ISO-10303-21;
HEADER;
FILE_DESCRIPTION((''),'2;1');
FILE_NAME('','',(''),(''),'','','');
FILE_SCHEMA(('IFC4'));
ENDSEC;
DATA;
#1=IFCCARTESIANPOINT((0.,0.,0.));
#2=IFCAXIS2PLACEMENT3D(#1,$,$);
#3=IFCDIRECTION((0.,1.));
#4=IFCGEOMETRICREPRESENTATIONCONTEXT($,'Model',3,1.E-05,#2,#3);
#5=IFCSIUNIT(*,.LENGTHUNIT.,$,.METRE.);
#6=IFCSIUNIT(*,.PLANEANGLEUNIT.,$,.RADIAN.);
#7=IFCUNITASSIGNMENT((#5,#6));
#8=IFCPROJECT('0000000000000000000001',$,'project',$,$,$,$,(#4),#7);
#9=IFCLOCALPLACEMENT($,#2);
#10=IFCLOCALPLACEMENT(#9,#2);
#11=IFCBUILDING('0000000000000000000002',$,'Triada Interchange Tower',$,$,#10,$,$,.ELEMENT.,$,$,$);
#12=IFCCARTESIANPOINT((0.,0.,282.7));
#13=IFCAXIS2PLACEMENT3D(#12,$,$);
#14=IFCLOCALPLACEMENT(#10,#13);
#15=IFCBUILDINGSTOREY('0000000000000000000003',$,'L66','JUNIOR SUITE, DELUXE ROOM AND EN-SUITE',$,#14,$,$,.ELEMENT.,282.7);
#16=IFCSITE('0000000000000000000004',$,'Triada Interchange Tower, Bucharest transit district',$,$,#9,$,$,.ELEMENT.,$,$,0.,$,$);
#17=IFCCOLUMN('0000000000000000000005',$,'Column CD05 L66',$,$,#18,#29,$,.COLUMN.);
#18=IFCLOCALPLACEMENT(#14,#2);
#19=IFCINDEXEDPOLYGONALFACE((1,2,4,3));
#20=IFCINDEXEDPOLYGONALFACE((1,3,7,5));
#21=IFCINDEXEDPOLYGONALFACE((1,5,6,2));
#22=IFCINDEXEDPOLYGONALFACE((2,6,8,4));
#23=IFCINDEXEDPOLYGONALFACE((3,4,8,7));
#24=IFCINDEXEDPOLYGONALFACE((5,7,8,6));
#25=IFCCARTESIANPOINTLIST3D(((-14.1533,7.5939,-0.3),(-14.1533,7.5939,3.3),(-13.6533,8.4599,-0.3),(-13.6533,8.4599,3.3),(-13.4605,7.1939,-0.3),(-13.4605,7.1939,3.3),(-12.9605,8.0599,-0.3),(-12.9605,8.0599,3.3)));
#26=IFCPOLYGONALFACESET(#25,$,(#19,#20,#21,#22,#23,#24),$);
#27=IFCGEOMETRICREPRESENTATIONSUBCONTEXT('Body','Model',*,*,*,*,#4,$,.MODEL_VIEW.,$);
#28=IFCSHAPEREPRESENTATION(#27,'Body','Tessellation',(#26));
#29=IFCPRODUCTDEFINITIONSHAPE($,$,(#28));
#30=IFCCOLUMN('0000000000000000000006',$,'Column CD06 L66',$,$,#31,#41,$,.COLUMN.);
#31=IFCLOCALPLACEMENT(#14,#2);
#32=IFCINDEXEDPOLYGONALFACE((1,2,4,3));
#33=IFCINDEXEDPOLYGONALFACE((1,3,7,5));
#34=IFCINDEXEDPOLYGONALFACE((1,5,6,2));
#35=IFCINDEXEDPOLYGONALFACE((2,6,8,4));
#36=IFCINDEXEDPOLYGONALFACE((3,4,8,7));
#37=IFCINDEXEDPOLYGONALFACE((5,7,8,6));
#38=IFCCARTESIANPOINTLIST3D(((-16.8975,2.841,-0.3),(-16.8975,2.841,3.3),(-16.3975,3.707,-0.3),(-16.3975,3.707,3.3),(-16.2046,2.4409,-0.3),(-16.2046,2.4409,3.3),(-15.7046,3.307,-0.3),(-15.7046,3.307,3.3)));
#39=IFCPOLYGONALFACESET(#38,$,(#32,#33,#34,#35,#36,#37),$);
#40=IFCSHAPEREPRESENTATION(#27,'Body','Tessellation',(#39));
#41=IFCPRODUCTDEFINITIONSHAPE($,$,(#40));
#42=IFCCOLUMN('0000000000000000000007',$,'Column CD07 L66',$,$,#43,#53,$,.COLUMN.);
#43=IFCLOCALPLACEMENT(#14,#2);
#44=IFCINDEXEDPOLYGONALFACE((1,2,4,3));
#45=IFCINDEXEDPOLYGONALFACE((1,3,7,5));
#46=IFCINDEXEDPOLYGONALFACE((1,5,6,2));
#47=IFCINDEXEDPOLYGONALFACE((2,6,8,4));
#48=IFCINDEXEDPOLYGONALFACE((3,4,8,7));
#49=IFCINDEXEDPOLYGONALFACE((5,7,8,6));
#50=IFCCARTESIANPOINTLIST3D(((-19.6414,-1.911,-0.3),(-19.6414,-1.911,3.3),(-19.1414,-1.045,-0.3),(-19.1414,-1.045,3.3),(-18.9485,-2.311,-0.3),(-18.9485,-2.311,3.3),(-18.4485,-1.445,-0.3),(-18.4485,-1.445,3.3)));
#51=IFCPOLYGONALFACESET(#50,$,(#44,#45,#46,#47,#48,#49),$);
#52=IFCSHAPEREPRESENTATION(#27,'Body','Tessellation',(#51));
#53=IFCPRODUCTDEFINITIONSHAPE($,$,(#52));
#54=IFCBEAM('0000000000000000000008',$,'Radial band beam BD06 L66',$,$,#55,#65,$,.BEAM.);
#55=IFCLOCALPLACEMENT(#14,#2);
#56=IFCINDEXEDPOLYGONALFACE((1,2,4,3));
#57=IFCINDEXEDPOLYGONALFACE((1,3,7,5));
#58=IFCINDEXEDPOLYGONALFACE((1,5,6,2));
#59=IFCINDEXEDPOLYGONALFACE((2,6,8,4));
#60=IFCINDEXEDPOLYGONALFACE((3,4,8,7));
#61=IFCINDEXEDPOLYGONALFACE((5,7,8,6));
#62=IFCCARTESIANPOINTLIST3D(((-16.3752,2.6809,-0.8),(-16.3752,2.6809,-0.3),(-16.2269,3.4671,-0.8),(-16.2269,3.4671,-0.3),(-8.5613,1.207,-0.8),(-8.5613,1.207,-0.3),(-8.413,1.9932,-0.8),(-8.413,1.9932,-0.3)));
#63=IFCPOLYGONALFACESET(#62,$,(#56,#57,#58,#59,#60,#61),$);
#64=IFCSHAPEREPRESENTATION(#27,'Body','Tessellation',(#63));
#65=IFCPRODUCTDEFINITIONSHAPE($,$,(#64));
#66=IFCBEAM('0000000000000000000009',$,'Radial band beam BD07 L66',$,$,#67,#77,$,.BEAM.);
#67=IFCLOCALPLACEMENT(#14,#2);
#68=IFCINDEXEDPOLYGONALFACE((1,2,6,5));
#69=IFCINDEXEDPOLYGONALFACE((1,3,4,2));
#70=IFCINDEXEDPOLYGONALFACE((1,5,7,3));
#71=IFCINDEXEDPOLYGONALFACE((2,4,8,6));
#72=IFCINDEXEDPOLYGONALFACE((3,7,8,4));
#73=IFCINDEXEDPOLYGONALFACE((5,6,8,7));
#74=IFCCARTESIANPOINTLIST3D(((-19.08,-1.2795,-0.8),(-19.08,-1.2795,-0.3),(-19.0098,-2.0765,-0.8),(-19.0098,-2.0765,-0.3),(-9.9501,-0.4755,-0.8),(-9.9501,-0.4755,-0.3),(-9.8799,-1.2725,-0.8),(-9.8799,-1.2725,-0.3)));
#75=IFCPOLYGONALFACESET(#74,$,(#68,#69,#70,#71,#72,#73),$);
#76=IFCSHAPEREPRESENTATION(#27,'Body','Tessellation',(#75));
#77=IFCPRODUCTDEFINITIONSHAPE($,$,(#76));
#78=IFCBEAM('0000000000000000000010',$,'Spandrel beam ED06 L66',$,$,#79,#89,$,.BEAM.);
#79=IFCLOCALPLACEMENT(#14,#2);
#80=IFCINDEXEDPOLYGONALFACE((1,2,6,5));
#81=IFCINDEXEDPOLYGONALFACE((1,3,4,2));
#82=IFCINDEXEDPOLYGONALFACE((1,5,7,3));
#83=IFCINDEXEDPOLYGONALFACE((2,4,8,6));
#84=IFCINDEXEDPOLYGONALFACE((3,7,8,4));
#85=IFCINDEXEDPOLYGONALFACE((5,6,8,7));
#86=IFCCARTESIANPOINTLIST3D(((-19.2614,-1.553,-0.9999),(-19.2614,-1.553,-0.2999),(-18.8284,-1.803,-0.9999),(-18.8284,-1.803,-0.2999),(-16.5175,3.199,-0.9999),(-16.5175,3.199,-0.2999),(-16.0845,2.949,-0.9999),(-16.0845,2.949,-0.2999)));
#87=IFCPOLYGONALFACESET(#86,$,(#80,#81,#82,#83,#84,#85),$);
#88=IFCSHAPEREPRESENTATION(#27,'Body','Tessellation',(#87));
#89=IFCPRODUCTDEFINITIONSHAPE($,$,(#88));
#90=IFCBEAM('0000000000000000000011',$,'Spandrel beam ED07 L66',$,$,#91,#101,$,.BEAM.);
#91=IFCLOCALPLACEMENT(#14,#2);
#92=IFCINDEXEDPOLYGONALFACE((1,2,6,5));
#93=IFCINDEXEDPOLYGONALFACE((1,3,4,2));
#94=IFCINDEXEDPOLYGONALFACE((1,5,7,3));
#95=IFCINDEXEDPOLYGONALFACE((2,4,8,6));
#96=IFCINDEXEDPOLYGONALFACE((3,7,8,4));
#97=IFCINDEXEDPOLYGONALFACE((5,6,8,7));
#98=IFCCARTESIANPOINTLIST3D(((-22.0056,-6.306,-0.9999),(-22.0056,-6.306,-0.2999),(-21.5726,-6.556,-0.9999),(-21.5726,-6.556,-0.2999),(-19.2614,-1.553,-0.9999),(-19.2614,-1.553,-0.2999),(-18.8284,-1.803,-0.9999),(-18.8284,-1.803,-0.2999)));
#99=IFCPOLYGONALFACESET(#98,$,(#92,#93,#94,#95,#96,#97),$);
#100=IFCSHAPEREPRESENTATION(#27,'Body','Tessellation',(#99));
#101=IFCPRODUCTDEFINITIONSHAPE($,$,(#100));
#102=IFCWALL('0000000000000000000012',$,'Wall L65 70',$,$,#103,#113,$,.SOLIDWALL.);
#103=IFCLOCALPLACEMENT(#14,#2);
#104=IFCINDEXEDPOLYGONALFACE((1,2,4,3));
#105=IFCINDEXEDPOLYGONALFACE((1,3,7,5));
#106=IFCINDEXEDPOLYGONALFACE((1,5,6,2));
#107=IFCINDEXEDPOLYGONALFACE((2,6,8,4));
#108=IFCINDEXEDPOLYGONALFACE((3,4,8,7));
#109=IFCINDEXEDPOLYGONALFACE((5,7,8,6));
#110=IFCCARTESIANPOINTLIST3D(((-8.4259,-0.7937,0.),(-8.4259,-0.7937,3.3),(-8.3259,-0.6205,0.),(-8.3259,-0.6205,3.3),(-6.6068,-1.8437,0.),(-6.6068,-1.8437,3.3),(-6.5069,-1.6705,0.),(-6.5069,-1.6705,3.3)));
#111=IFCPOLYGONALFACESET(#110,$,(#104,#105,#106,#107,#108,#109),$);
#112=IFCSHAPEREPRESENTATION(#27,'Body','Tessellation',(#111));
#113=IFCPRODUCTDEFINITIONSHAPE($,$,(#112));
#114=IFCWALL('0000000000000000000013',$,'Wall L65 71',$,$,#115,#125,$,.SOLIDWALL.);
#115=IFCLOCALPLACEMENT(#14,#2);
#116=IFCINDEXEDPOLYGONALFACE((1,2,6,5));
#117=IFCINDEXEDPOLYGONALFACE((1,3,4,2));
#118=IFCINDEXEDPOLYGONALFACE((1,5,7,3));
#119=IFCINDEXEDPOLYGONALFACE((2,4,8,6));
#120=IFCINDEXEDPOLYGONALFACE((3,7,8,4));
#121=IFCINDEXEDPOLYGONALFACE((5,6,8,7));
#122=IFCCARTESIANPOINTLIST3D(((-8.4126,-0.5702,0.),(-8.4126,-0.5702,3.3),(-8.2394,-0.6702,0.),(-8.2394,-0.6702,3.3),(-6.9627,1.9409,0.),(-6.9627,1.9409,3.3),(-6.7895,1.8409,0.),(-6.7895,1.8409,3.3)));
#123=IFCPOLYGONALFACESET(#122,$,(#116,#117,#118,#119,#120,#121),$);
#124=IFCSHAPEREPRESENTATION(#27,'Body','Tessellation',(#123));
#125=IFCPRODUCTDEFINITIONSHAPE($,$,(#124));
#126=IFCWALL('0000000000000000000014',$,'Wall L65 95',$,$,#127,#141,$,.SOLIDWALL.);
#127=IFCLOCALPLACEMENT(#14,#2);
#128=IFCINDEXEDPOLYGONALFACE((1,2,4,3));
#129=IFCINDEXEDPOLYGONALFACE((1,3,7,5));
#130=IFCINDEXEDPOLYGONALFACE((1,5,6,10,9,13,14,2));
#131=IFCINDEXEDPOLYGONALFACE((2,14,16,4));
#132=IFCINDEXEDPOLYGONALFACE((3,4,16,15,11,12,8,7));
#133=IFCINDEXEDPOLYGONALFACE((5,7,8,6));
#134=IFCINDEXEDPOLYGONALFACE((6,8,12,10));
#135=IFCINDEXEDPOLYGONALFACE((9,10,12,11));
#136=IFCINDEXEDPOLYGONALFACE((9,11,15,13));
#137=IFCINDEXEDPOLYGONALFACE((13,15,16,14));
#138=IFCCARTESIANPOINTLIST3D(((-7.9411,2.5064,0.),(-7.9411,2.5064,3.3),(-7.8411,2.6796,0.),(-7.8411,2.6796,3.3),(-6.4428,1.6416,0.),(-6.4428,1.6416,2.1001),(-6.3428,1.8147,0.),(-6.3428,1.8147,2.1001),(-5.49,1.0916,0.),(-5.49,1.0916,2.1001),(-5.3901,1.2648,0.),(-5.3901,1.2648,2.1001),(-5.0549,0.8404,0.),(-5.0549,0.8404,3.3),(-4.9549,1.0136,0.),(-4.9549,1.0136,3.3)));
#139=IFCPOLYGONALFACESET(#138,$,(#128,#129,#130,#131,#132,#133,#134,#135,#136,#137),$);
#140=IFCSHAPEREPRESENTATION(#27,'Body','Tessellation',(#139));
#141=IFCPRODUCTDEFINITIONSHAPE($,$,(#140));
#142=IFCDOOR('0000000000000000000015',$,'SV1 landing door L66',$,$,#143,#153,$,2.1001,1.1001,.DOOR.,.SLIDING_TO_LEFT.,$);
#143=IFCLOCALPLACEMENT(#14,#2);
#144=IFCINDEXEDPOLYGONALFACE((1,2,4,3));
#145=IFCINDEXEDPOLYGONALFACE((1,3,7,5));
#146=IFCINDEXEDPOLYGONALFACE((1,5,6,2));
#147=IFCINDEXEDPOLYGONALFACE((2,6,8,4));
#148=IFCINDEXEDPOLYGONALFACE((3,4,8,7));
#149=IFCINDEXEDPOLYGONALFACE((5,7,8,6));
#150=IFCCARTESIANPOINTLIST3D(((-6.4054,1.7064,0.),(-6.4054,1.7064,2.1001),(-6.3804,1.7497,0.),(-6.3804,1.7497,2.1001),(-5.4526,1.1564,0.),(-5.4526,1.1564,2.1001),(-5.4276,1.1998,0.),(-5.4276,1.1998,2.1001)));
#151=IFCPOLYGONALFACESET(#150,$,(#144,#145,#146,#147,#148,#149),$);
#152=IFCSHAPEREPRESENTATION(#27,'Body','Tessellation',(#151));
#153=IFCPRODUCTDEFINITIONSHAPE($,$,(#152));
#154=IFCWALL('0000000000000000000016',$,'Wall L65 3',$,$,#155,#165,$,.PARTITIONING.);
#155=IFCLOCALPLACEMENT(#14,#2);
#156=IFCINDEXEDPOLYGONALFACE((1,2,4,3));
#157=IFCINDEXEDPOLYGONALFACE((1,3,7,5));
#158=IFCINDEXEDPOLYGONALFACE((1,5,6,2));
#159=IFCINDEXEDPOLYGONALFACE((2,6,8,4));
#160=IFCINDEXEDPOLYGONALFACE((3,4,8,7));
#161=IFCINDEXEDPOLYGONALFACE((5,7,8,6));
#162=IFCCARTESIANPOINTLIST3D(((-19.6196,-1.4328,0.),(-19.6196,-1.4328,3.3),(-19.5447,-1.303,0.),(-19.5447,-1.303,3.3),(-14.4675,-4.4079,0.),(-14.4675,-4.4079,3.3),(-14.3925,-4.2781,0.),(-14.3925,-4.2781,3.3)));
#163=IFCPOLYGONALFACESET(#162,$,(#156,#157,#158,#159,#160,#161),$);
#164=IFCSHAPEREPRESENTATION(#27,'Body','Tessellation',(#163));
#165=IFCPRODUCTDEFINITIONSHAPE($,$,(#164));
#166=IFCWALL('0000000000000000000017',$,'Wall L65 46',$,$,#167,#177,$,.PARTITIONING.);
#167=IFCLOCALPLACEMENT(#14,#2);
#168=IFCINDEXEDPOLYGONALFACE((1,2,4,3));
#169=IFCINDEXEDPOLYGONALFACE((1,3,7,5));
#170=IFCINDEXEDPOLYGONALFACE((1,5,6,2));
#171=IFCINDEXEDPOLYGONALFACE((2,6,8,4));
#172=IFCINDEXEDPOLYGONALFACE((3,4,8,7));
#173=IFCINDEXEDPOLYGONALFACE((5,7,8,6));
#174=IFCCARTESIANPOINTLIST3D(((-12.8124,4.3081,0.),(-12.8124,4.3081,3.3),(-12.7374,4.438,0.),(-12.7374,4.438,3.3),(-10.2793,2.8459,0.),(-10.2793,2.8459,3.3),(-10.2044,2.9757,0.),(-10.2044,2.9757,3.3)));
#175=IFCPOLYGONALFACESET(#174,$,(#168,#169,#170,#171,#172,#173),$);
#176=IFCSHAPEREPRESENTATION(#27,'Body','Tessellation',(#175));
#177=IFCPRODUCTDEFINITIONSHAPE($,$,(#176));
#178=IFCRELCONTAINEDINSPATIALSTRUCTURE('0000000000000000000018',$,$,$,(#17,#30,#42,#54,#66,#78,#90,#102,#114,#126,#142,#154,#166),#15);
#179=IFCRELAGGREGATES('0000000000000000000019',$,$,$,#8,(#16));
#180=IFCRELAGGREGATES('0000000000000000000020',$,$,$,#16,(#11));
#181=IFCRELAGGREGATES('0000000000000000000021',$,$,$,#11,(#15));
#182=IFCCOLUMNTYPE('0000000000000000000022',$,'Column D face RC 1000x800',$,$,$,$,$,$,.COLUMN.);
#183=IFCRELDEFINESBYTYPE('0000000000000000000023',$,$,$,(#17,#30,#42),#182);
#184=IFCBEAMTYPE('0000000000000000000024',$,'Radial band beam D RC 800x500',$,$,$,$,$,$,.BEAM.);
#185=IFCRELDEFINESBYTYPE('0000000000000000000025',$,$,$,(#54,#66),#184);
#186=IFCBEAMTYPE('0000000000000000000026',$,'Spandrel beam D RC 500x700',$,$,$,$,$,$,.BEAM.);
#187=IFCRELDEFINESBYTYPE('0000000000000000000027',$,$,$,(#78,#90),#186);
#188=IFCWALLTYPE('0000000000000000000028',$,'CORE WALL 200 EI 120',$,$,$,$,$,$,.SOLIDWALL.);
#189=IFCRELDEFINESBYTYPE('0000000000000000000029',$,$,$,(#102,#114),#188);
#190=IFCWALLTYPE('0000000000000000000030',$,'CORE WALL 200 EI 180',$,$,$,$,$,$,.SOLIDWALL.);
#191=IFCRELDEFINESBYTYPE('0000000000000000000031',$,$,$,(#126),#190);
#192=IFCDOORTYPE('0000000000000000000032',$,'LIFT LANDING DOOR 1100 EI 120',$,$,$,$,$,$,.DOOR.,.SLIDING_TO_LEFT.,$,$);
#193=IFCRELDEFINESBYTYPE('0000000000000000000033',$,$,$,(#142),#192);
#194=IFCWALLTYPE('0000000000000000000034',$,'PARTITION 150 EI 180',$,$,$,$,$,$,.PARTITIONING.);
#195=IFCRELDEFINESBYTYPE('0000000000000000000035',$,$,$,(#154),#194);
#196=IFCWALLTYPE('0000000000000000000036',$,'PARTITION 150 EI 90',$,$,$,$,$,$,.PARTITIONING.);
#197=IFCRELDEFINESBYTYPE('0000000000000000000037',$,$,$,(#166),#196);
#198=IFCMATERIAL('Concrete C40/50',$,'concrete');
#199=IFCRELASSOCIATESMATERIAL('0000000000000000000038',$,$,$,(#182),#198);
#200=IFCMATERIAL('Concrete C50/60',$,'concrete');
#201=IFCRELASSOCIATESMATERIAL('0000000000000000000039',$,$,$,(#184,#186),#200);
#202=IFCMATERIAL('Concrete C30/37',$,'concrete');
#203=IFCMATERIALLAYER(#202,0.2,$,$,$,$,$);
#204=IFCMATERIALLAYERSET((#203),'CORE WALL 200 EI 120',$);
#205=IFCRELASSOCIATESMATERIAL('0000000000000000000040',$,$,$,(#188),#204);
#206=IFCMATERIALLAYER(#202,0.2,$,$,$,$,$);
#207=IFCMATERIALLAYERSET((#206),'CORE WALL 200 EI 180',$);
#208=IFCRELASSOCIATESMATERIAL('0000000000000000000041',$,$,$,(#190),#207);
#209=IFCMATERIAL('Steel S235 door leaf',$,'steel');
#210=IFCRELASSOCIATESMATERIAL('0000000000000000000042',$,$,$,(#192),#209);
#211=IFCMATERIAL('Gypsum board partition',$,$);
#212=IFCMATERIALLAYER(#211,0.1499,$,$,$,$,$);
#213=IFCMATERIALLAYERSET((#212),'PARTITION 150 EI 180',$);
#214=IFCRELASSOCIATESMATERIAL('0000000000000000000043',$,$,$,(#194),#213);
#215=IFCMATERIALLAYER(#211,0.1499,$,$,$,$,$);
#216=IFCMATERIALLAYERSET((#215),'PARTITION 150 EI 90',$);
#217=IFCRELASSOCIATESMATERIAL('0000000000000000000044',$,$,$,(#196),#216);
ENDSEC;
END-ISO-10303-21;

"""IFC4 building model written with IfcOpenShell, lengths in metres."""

from ifc_helpers import new_model, si_unit, direction, frame, frame_2d, origin, origin_2d, place, context, subcontext, project, spatial, rectangle, extrude, material, layer, layer_set, material_profile, profile_set, type_object, element, fill, save


model = new_model("IFC4")

# Units and contexts
model_context = context("Model", 3, precision=1e-05, world=origin(), true_north=direction((0.0, 1.0)))
body_context = subcontext(model_context, "Body", "Model", "MODEL_VIEW")
ifc_project = project(units=[si_unit("LENGTHUNIT", "METRE"), si_unit("PLANEANGLEUNIT", "RADIAN")], contexts=[model_context])

# Site, building, storey
site_placement = place(None, origin())
site = spatial("IfcSite", under=ifc_project, at=site_placement, Name="Triada Interchange Tower, Bucharest transit district", CompositionType="ELEMENT", RefElevation=0.0)
building_placement = place(site_placement, origin())
building = spatial("IfcBuilding", under=site, at=building_placement, Name="Triada Interchange Tower", CompositionType="ELEMENT")
storey_placement = place(building_placement, frame((0.0, 0.0, 282.7)))
storey = spatial("IfcBuildingStorey", under=building, at=storey_placement, Name="L66", Description="JUNIOR SUITE, DELUXE ROOM AND EN-SUITE", CompositionType="ELEMENT", Elevation=282.7)

# Columns
ifc_material_1 = material(Name="Concrete C40/50", Category="concrete")
ifc_material_profile_1 = material_profile(ifc_material_1, rectangle(XDim=1.0, YDim=0.8, at=origin_2d()), Name="RC 1000x800")
ifc_profile_set_1 = profile_set([ifc_material_profile_1], Name="Concrete C40/50")
column_type = type_object("IfcColumnType", Name="Column D face RC 1000x800", PredefinedType="COLUMN", material=ifc_profile_set_1)
for number, where, z_axis, x_axis, name in (
    (1, (-13.5569, 7.8269, -0.3), (0.0, 0.0, 1.0), (0.5, 0.866025, 0.0), "Column CD05 L66"),
    (2, (-16.301, 3.074, -0.3), (0.0, 0.0, 1.0), (0.5, 0.866025, 0.0), "Column CD06 L66"),
    (3, (-19.0449, -1.678, -0.3), (0.0, 0.0, 1.0), (0.5, 0.866025, 0.0), "Column CD07 L66"),
):
    element("IfcColumn", number, at=place(storey_placement, frame(where, z_axis=z_axis, x_axis=x_axis)), inside=storey, type_object=column_type, Name=name, PredefinedType="COLUMN", context=body_context, shape_type="SweptSolid", body=[
        extrude(rectangle(XDim=1.0, YDim=0.8, at=origin_2d()), origin(), (0.0, 0.0, 1.0), 3.6001),
    ])

# Beams
ifc_material_2 = material(Name="Concrete C50/60", Category="concrete")
ifc_material_profile_2 = material_profile(ifc_material_2, rectangle(XDim=0.8, YDim=0.5, at=origin_2d()), Name="RC 800x500")
ifc_profile_set_2 = profile_set([ifc_material_profile_2], Name="Concrete C50/60")
beam_type_1 = type_object("IfcBeamType", Name="Radial band beam D RC 800x500", PredefinedType="BEAM", material=ifc_profile_set_2)
beam_1_placement = place(storey_placement, frame((-16.301, 3.074, -0.55), z_axis=(0.982672, -0.185352, 0.0), x_axis=(0.185352, 0.982672, 0.0)))
element("IfcBeam", 4, at=beam_1_placement, inside=storey, type_object=beam_type_1, Name="Radial band beam BD06 L66", PredefinedType="BEAM", context=body_context, shape_type="SweptSolid", body=[
    extrude(rectangle(XDim=0.8, YDim=0.5, at=origin_2d()), origin(), (0.0, 0.0, 1.0), 7.9517),
])
beam_2_placement = place(storey_placement, frame((-19.0449, -1.678, -0.55), z_axis=(0.996145, 0.087718, 0.0), x_axis=(-0.087718, 0.996145, 0.0)))
element("IfcBeam", 5, at=beam_2_placement, inside=storey, type_object=beam_type_1, Name="Radial band beam BD07 L66", PredefinedType="BEAM", context=body_context, shape_type="SweptSolid", body=[
    extrude(rectangle(XDim=0.8, YDim=0.5, at=origin_2d()), origin(), (0.0, 0.0, 1.0), 9.1653),
])
ifc_material_profile_3 = material_profile(ifc_material_2, rectangle(XDim=0.5, YDim=0.7, at=origin_2d()), Name="RC 500x700")
ifc_profile_set_3 = profile_set([ifc_material_profile_3], Name="Concrete C50/60")
beam_type_2 = type_object("IfcBeamType", Name="Spandrel beam D RC 500x700", PredefinedType="BEAM", material=ifc_profile_set_3)
beam_3_placement = place(storey_placement, frame((-16.301, 3.074, -0.6499), z_axis=(-0.500049, -0.865997, 0.0), x_axis=(0.865997, -0.500049, 0.0)))
element("IfcBeam", 6, at=beam_3_placement, inside=storey, type_object=beam_type_2, Name="Spandrel beam ED06 L66", PredefinedType="BEAM", context=body_context, shape_type="SweptSolid", body=[
    extrude(rectangle(XDim=0.5, YDim=0.7, at=origin_2d()), origin(), (0.0, 0.0, 1.0), 5.4873),
])
beam_4_placement = place(storey_placement, frame((-19.0449, -1.678, -0.6499), z_axis=(-0.500005, -0.866023, 0.0), x_axis=(0.866023, -0.500005, 0.0)))
element("IfcBeam", 7, at=beam_4_placement, inside=storey, type_object=beam_type_2, Name="Spandrel beam ED07 L66", PredefinedType="BEAM", context=body_context, shape_type="SweptSolid", body=[
    extrude(rectangle(XDim=0.5, YDim=0.7, at=origin_2d()), origin(), (0.0, 0.0, 1.0), 5.4883),
])

# Walls
ifc_material_3 = material(Name="Concrete C30/37", Category="concrete")
ifc_layer_1 = layer(ifc_material_3, 0.2)
ifc_layer_set_1 = layer_set([ifc_layer_1], Name="CORE WALL 200 EI 120")
wall_type_1 = type_object("IfcWallType", Name="CORE WALL 200 EI 120", PredefinedType="SOLIDWALL", material=ifc_layer_set_1)
wall_1_placement = place(storey_placement, frame((-8.376, -0.707, 0.0), z_axis=(0.0, 0.0, 1.0), x_axis=(0.866068, -0.499927, 0.0)))
element("IfcWall", 8, at=wall_1_placement, inside=storey, type_object=wall_type_1, Name="Wall L65 70", PredefinedType="SOLIDWALL", context=body_context, shape_type="SweptSolid", body=[
    extrude(rectangle(XDim=2.1003, YDim=0.2, at=frame_2d((1.0503, 0.0))), origin(), (0.0, 0.0, 1.0), 3.3),
])
wall_2_placement = place(storey_placement, frame((-8.3259, -0.6201, 0.0), z_axis=(0.0, 0.0, 1.0), x_axis=(0.500024, 0.866012, 0.0)))
element("IfcWall", 9, at=wall_2_placement, inside=storey, type_object=wall_type_1, Name="Wall L65 71", PredefinedType="SOLIDWALL", context=body_context, shape_type="SweptSolid", body=[
    extrude(rectangle(XDim=2.8997, YDim=0.2, at=frame_2d((1.4497, 0.0))), origin(), (0.0, 0.0, 1.0), 3.3),
])

# Wall, opening, door
ifc_layer_2 = layer(ifc_material_3, 0.2)
ifc_layer_set_2 = layer_set([ifc_layer_2], Name="CORE WALL 200 EI 180")
wall_type_2 = type_object("IfcWallType", Name="CORE WALL 200 EI 180", PredefinedType="SOLIDWALL", material=ifc_layer_set_2)
wall_3_placement = place(storey_placement, frame((-7.8911, 2.593, 0.0), z_axis=(0.0, 0.0, 1.0), x_axis=(0.866071, -0.499921, 0.0)))
wall_3 = element("IfcWall", 10, at=wall_3_placement, inside=storey, type_object=wall_type_2, Name="Wall L65 95", PredefinedType="SOLIDWALL", context=body_context, shape_type="SweptSolid", body=[
    extrude(rectangle(XDim=3.3325, YDim=0.2, at=frame_2d((1.6663, 0.0))), origin(), (0.0, 0.0, 1.0), 3.3),
])
opening_1_placement = place(wall_3_placement, frame((1.73, 0.0, 0.0)))
opening_1 = element("IfcOpeningElement", 11, at=opening_1_placement, cuts=wall_3, PredefinedType="OPENING", context=body_context, shape_type="SweptSolid", body=[
    extrude(rectangle(XDim=1.1001, YDim=2.1001, at=frame_2d((0.55, 1.05))), frame((0.0, 0.1099, 0.0), z_axis=(0.0, -1.0, 0.0), x_axis=(1.0, 0.0, 0.0)), (0.0, 0.0, 1.0), 0.22),
])
ifc_material_4 = material(Name="Steel S235 door leaf", Category="steel")
door_type_1 = type_object("IfcDoorType", Name="LIFT LANDING DOOR 1100 EI 120", OperationType="SLIDING_TO_LEFT", PredefinedType="DOOR", material=ifc_material_4)
door_1_placement = place(opening_1_placement, origin())
door_1 = element("IfcDoor", 12, at=door_1_placement, inside=storey, type_object=door_type_1, Name="SV1 landing door L66", OperationType="SLIDING_TO_LEFT", OverallHeight=2.1001, OverallWidth=1.1001, PredefinedType="DOOR", context=body_context, shape_type="SweptSolid", body=[
    extrude(rectangle(XDim=1.1001, YDim=2.1001, at=frame_2d((0.55, 1.05))), frame((0.0, 0.0249, 0.0), z_axis=(0.0, -1.0, 0.0), x_axis=(1.0, 0.0, 0.0)), (0.0, 0.0, 1.0), 0.05),
])
fill(opening_1, door_1)

# Walls
ifc_material_5 = material(Name="Gypsum board partition")
ifc_layer_3 = layer(ifc_material_5, 0.1499)
ifc_layer_set_3 = layer_set([ifc_layer_3], Name="PARTITION 150 EI 180")
wall_type_3 = type_object("IfcWallType", Name="PARTITION 150 EI 180", PredefinedType="PARTITIONING", material=ifc_layer_set_3)
wall_4_placement = place(storey_placement, frame((-19.582, -1.3679, 0.0), z_axis=(0.0, 0.0, 1.0), x_axis=(0.865987, -0.500067, 0.0)))
element("IfcWall", 13, at=wall_4_placement, inside=storey, type_object=wall_type_3, Name="Wall L65 3", PredefinedType="PARTITIONING", context=body_context, shape_type="SweptSolid", body=[
    extrude(rectangle(XDim=5.9495, YDim=0.1499, at=frame_2d((2.9746, 0.0))), origin(), (0.0, 0.0, 1.0), 3.3),
])
ifc_layer_4 = layer(ifc_material_5, 0.1499)
ifc_layer_set_4 = layer_set([ifc_layer_4], Name="PARTITION 150 EI 90")
wall_type_4 = type_object("IfcWallType", Name="PARTITION 150 EI 90", PredefinedType="PARTITIONING", material=ifc_layer_set_4)
wall_5_placement = place(storey_placement, frame((-12.7749, 4.373, 0.0), z_axis=(0.0, 0.0, 1.0), x_axis=(0.866062, -0.499937, 0.0)))
element("IfcWall", 14, at=wall_5_placement, inside=storey, type_object=wall_type_4, Name="Wall L65 46", PredefinedType="PARTITIONING", context=body_context, shape_type="SweptSolid", body=[
    extrude(rectangle(XDim=2.9248, YDim=0.1499, at=frame_2d((1.4624, 0.0))), origin(), (0.0, 0.0, 1.0), 3.3),
])

save(model, "model.ifc")
